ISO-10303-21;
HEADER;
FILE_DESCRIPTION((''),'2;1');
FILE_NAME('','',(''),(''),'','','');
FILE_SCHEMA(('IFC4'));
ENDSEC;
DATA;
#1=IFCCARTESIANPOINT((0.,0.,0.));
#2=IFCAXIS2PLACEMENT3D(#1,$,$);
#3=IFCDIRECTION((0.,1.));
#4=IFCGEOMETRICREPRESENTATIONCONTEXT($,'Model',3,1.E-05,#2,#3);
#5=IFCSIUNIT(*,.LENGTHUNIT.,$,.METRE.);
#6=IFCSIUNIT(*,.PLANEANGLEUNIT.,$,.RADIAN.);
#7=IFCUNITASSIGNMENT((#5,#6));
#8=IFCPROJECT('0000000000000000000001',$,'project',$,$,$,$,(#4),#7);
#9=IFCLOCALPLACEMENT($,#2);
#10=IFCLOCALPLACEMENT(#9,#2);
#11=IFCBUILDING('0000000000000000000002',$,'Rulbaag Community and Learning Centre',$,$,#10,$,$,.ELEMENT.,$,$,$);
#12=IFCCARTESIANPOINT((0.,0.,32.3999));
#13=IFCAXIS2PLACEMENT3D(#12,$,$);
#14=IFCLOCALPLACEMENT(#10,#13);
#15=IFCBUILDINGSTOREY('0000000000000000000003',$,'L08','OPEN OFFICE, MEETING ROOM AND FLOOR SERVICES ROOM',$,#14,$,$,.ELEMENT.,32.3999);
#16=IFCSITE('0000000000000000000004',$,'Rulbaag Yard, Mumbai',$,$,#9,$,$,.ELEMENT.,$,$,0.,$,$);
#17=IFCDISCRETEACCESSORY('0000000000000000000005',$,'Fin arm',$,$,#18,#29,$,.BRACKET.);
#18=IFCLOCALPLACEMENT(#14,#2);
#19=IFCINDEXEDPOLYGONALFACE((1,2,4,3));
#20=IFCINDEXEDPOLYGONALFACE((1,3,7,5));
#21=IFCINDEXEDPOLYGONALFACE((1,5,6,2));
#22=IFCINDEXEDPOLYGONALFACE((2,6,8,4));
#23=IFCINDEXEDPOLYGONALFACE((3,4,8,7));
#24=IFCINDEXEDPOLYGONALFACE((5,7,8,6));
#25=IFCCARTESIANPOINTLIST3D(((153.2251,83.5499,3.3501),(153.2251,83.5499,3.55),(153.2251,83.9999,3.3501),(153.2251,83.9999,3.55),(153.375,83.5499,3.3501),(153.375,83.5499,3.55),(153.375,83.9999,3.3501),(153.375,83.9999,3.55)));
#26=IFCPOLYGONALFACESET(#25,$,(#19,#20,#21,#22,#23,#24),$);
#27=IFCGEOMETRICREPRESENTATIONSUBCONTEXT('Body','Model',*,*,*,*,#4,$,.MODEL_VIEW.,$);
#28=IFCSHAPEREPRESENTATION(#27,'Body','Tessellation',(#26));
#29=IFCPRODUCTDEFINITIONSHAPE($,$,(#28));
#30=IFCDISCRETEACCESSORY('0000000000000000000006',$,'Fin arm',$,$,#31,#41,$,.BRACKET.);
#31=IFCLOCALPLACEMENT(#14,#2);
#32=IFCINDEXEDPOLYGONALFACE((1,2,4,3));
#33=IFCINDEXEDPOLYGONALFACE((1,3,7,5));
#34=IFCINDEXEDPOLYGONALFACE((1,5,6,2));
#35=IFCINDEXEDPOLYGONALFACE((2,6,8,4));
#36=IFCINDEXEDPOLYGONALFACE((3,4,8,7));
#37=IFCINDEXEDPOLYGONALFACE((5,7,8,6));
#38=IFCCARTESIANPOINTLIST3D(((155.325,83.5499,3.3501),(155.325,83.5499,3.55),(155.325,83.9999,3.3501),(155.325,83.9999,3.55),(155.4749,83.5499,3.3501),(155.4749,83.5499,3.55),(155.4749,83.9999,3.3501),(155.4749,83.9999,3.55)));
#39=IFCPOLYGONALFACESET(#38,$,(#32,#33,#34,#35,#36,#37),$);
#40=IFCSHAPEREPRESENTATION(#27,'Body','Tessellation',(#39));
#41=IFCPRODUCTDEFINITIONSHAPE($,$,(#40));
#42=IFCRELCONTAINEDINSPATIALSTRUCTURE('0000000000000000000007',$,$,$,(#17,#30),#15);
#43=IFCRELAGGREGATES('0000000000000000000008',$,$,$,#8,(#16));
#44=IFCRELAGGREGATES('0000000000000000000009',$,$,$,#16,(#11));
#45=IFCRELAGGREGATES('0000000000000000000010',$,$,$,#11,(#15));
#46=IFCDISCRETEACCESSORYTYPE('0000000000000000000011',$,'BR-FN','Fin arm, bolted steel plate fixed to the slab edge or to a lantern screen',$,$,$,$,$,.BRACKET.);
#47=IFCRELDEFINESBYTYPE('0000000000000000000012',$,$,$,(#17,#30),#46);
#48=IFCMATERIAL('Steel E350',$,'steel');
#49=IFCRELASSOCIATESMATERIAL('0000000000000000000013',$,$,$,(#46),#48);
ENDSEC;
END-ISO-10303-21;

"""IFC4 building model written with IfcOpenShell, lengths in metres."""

from ifc_helpers import new_model, si_unit, direction, frame, origin, origin_2d, place, context, subcontext, project, spatial, rectangle, extrude, material, type_object, element, save


model = new_model("IFC4")

# Units and contexts
model_context = context("Model", 3, precision=1e-05, world=origin(), true_north=direction((0.0, 1.0)))
body_context = subcontext(model_context, "Body", "Model", "MODEL_VIEW")
ifc_project = project(units=[si_unit("LENGTHUNIT", "METRE"), si_unit("PLANEANGLEUNIT", "RADIAN")], contexts=[model_context])

# Site, building, storey
site_placement = place(None, origin())
site = spatial("IfcSite", under=ifc_project, at=site_placement, Name="Rulbaag Yard, Mumbai", CompositionType="ELEMENT", RefElevation=0.0)
building_placement = place(site_placement, origin())
building = spatial("IfcBuilding", under=site, at=building_placement, Name="Rulbaag Community and Learning Centre", CompositionType="ELEMENT")
storey_placement = place(building_placement, frame((0.0, 0.0, 32.3999)))
storey = spatial("IfcBuildingStorey", under=building, at=storey_placement, Name="L08", Description="OPEN OFFICE, MEETING ROOM AND FLOOR SERVICES ROOM", CompositionType="ELEMENT", Elevation=32.3999)

# Discrete accessories
ifc_material_1 = material(Name="Steel E350", Category="steel")
discrete_accessory_type = type_object("IfcDiscreteAccessoryType", Name="BR-FN", Description="Fin arm, bolted steel plate fixed to the slab edge or to a lantern screen", PredefinedType="BRACKET", material=ifc_material_1)
for number, where, z_axis, x_axis, name in (
    (1, (153.3, 83.7749, 3.3501), (0.0, 0.0, 1.0), (1.0, 0.0, 0.0), "Fin arm"),
    (2, (155.3999, 83.7749, 3.3501), (0.0, 0.0, 1.0), (1.0, 0.0, 0.0), "Fin arm"),
):
    element("IfcDiscreteAccessory", number, at=place(storey_placement, frame(where, z_axis=z_axis, x_axis=x_axis)), inside=storey, type_object=discrete_accessory_type, Name=name, PredefinedType="BRACKET", context=body_context, shape_type="SweptSolid", body=[
        extrude(rectangle(XDim=0.1499, YDim=0.45, at=origin_2d()), origin(), (0.0, 0.0, 1.0), 0.2),
    ])

save(model, "model.ifc")
